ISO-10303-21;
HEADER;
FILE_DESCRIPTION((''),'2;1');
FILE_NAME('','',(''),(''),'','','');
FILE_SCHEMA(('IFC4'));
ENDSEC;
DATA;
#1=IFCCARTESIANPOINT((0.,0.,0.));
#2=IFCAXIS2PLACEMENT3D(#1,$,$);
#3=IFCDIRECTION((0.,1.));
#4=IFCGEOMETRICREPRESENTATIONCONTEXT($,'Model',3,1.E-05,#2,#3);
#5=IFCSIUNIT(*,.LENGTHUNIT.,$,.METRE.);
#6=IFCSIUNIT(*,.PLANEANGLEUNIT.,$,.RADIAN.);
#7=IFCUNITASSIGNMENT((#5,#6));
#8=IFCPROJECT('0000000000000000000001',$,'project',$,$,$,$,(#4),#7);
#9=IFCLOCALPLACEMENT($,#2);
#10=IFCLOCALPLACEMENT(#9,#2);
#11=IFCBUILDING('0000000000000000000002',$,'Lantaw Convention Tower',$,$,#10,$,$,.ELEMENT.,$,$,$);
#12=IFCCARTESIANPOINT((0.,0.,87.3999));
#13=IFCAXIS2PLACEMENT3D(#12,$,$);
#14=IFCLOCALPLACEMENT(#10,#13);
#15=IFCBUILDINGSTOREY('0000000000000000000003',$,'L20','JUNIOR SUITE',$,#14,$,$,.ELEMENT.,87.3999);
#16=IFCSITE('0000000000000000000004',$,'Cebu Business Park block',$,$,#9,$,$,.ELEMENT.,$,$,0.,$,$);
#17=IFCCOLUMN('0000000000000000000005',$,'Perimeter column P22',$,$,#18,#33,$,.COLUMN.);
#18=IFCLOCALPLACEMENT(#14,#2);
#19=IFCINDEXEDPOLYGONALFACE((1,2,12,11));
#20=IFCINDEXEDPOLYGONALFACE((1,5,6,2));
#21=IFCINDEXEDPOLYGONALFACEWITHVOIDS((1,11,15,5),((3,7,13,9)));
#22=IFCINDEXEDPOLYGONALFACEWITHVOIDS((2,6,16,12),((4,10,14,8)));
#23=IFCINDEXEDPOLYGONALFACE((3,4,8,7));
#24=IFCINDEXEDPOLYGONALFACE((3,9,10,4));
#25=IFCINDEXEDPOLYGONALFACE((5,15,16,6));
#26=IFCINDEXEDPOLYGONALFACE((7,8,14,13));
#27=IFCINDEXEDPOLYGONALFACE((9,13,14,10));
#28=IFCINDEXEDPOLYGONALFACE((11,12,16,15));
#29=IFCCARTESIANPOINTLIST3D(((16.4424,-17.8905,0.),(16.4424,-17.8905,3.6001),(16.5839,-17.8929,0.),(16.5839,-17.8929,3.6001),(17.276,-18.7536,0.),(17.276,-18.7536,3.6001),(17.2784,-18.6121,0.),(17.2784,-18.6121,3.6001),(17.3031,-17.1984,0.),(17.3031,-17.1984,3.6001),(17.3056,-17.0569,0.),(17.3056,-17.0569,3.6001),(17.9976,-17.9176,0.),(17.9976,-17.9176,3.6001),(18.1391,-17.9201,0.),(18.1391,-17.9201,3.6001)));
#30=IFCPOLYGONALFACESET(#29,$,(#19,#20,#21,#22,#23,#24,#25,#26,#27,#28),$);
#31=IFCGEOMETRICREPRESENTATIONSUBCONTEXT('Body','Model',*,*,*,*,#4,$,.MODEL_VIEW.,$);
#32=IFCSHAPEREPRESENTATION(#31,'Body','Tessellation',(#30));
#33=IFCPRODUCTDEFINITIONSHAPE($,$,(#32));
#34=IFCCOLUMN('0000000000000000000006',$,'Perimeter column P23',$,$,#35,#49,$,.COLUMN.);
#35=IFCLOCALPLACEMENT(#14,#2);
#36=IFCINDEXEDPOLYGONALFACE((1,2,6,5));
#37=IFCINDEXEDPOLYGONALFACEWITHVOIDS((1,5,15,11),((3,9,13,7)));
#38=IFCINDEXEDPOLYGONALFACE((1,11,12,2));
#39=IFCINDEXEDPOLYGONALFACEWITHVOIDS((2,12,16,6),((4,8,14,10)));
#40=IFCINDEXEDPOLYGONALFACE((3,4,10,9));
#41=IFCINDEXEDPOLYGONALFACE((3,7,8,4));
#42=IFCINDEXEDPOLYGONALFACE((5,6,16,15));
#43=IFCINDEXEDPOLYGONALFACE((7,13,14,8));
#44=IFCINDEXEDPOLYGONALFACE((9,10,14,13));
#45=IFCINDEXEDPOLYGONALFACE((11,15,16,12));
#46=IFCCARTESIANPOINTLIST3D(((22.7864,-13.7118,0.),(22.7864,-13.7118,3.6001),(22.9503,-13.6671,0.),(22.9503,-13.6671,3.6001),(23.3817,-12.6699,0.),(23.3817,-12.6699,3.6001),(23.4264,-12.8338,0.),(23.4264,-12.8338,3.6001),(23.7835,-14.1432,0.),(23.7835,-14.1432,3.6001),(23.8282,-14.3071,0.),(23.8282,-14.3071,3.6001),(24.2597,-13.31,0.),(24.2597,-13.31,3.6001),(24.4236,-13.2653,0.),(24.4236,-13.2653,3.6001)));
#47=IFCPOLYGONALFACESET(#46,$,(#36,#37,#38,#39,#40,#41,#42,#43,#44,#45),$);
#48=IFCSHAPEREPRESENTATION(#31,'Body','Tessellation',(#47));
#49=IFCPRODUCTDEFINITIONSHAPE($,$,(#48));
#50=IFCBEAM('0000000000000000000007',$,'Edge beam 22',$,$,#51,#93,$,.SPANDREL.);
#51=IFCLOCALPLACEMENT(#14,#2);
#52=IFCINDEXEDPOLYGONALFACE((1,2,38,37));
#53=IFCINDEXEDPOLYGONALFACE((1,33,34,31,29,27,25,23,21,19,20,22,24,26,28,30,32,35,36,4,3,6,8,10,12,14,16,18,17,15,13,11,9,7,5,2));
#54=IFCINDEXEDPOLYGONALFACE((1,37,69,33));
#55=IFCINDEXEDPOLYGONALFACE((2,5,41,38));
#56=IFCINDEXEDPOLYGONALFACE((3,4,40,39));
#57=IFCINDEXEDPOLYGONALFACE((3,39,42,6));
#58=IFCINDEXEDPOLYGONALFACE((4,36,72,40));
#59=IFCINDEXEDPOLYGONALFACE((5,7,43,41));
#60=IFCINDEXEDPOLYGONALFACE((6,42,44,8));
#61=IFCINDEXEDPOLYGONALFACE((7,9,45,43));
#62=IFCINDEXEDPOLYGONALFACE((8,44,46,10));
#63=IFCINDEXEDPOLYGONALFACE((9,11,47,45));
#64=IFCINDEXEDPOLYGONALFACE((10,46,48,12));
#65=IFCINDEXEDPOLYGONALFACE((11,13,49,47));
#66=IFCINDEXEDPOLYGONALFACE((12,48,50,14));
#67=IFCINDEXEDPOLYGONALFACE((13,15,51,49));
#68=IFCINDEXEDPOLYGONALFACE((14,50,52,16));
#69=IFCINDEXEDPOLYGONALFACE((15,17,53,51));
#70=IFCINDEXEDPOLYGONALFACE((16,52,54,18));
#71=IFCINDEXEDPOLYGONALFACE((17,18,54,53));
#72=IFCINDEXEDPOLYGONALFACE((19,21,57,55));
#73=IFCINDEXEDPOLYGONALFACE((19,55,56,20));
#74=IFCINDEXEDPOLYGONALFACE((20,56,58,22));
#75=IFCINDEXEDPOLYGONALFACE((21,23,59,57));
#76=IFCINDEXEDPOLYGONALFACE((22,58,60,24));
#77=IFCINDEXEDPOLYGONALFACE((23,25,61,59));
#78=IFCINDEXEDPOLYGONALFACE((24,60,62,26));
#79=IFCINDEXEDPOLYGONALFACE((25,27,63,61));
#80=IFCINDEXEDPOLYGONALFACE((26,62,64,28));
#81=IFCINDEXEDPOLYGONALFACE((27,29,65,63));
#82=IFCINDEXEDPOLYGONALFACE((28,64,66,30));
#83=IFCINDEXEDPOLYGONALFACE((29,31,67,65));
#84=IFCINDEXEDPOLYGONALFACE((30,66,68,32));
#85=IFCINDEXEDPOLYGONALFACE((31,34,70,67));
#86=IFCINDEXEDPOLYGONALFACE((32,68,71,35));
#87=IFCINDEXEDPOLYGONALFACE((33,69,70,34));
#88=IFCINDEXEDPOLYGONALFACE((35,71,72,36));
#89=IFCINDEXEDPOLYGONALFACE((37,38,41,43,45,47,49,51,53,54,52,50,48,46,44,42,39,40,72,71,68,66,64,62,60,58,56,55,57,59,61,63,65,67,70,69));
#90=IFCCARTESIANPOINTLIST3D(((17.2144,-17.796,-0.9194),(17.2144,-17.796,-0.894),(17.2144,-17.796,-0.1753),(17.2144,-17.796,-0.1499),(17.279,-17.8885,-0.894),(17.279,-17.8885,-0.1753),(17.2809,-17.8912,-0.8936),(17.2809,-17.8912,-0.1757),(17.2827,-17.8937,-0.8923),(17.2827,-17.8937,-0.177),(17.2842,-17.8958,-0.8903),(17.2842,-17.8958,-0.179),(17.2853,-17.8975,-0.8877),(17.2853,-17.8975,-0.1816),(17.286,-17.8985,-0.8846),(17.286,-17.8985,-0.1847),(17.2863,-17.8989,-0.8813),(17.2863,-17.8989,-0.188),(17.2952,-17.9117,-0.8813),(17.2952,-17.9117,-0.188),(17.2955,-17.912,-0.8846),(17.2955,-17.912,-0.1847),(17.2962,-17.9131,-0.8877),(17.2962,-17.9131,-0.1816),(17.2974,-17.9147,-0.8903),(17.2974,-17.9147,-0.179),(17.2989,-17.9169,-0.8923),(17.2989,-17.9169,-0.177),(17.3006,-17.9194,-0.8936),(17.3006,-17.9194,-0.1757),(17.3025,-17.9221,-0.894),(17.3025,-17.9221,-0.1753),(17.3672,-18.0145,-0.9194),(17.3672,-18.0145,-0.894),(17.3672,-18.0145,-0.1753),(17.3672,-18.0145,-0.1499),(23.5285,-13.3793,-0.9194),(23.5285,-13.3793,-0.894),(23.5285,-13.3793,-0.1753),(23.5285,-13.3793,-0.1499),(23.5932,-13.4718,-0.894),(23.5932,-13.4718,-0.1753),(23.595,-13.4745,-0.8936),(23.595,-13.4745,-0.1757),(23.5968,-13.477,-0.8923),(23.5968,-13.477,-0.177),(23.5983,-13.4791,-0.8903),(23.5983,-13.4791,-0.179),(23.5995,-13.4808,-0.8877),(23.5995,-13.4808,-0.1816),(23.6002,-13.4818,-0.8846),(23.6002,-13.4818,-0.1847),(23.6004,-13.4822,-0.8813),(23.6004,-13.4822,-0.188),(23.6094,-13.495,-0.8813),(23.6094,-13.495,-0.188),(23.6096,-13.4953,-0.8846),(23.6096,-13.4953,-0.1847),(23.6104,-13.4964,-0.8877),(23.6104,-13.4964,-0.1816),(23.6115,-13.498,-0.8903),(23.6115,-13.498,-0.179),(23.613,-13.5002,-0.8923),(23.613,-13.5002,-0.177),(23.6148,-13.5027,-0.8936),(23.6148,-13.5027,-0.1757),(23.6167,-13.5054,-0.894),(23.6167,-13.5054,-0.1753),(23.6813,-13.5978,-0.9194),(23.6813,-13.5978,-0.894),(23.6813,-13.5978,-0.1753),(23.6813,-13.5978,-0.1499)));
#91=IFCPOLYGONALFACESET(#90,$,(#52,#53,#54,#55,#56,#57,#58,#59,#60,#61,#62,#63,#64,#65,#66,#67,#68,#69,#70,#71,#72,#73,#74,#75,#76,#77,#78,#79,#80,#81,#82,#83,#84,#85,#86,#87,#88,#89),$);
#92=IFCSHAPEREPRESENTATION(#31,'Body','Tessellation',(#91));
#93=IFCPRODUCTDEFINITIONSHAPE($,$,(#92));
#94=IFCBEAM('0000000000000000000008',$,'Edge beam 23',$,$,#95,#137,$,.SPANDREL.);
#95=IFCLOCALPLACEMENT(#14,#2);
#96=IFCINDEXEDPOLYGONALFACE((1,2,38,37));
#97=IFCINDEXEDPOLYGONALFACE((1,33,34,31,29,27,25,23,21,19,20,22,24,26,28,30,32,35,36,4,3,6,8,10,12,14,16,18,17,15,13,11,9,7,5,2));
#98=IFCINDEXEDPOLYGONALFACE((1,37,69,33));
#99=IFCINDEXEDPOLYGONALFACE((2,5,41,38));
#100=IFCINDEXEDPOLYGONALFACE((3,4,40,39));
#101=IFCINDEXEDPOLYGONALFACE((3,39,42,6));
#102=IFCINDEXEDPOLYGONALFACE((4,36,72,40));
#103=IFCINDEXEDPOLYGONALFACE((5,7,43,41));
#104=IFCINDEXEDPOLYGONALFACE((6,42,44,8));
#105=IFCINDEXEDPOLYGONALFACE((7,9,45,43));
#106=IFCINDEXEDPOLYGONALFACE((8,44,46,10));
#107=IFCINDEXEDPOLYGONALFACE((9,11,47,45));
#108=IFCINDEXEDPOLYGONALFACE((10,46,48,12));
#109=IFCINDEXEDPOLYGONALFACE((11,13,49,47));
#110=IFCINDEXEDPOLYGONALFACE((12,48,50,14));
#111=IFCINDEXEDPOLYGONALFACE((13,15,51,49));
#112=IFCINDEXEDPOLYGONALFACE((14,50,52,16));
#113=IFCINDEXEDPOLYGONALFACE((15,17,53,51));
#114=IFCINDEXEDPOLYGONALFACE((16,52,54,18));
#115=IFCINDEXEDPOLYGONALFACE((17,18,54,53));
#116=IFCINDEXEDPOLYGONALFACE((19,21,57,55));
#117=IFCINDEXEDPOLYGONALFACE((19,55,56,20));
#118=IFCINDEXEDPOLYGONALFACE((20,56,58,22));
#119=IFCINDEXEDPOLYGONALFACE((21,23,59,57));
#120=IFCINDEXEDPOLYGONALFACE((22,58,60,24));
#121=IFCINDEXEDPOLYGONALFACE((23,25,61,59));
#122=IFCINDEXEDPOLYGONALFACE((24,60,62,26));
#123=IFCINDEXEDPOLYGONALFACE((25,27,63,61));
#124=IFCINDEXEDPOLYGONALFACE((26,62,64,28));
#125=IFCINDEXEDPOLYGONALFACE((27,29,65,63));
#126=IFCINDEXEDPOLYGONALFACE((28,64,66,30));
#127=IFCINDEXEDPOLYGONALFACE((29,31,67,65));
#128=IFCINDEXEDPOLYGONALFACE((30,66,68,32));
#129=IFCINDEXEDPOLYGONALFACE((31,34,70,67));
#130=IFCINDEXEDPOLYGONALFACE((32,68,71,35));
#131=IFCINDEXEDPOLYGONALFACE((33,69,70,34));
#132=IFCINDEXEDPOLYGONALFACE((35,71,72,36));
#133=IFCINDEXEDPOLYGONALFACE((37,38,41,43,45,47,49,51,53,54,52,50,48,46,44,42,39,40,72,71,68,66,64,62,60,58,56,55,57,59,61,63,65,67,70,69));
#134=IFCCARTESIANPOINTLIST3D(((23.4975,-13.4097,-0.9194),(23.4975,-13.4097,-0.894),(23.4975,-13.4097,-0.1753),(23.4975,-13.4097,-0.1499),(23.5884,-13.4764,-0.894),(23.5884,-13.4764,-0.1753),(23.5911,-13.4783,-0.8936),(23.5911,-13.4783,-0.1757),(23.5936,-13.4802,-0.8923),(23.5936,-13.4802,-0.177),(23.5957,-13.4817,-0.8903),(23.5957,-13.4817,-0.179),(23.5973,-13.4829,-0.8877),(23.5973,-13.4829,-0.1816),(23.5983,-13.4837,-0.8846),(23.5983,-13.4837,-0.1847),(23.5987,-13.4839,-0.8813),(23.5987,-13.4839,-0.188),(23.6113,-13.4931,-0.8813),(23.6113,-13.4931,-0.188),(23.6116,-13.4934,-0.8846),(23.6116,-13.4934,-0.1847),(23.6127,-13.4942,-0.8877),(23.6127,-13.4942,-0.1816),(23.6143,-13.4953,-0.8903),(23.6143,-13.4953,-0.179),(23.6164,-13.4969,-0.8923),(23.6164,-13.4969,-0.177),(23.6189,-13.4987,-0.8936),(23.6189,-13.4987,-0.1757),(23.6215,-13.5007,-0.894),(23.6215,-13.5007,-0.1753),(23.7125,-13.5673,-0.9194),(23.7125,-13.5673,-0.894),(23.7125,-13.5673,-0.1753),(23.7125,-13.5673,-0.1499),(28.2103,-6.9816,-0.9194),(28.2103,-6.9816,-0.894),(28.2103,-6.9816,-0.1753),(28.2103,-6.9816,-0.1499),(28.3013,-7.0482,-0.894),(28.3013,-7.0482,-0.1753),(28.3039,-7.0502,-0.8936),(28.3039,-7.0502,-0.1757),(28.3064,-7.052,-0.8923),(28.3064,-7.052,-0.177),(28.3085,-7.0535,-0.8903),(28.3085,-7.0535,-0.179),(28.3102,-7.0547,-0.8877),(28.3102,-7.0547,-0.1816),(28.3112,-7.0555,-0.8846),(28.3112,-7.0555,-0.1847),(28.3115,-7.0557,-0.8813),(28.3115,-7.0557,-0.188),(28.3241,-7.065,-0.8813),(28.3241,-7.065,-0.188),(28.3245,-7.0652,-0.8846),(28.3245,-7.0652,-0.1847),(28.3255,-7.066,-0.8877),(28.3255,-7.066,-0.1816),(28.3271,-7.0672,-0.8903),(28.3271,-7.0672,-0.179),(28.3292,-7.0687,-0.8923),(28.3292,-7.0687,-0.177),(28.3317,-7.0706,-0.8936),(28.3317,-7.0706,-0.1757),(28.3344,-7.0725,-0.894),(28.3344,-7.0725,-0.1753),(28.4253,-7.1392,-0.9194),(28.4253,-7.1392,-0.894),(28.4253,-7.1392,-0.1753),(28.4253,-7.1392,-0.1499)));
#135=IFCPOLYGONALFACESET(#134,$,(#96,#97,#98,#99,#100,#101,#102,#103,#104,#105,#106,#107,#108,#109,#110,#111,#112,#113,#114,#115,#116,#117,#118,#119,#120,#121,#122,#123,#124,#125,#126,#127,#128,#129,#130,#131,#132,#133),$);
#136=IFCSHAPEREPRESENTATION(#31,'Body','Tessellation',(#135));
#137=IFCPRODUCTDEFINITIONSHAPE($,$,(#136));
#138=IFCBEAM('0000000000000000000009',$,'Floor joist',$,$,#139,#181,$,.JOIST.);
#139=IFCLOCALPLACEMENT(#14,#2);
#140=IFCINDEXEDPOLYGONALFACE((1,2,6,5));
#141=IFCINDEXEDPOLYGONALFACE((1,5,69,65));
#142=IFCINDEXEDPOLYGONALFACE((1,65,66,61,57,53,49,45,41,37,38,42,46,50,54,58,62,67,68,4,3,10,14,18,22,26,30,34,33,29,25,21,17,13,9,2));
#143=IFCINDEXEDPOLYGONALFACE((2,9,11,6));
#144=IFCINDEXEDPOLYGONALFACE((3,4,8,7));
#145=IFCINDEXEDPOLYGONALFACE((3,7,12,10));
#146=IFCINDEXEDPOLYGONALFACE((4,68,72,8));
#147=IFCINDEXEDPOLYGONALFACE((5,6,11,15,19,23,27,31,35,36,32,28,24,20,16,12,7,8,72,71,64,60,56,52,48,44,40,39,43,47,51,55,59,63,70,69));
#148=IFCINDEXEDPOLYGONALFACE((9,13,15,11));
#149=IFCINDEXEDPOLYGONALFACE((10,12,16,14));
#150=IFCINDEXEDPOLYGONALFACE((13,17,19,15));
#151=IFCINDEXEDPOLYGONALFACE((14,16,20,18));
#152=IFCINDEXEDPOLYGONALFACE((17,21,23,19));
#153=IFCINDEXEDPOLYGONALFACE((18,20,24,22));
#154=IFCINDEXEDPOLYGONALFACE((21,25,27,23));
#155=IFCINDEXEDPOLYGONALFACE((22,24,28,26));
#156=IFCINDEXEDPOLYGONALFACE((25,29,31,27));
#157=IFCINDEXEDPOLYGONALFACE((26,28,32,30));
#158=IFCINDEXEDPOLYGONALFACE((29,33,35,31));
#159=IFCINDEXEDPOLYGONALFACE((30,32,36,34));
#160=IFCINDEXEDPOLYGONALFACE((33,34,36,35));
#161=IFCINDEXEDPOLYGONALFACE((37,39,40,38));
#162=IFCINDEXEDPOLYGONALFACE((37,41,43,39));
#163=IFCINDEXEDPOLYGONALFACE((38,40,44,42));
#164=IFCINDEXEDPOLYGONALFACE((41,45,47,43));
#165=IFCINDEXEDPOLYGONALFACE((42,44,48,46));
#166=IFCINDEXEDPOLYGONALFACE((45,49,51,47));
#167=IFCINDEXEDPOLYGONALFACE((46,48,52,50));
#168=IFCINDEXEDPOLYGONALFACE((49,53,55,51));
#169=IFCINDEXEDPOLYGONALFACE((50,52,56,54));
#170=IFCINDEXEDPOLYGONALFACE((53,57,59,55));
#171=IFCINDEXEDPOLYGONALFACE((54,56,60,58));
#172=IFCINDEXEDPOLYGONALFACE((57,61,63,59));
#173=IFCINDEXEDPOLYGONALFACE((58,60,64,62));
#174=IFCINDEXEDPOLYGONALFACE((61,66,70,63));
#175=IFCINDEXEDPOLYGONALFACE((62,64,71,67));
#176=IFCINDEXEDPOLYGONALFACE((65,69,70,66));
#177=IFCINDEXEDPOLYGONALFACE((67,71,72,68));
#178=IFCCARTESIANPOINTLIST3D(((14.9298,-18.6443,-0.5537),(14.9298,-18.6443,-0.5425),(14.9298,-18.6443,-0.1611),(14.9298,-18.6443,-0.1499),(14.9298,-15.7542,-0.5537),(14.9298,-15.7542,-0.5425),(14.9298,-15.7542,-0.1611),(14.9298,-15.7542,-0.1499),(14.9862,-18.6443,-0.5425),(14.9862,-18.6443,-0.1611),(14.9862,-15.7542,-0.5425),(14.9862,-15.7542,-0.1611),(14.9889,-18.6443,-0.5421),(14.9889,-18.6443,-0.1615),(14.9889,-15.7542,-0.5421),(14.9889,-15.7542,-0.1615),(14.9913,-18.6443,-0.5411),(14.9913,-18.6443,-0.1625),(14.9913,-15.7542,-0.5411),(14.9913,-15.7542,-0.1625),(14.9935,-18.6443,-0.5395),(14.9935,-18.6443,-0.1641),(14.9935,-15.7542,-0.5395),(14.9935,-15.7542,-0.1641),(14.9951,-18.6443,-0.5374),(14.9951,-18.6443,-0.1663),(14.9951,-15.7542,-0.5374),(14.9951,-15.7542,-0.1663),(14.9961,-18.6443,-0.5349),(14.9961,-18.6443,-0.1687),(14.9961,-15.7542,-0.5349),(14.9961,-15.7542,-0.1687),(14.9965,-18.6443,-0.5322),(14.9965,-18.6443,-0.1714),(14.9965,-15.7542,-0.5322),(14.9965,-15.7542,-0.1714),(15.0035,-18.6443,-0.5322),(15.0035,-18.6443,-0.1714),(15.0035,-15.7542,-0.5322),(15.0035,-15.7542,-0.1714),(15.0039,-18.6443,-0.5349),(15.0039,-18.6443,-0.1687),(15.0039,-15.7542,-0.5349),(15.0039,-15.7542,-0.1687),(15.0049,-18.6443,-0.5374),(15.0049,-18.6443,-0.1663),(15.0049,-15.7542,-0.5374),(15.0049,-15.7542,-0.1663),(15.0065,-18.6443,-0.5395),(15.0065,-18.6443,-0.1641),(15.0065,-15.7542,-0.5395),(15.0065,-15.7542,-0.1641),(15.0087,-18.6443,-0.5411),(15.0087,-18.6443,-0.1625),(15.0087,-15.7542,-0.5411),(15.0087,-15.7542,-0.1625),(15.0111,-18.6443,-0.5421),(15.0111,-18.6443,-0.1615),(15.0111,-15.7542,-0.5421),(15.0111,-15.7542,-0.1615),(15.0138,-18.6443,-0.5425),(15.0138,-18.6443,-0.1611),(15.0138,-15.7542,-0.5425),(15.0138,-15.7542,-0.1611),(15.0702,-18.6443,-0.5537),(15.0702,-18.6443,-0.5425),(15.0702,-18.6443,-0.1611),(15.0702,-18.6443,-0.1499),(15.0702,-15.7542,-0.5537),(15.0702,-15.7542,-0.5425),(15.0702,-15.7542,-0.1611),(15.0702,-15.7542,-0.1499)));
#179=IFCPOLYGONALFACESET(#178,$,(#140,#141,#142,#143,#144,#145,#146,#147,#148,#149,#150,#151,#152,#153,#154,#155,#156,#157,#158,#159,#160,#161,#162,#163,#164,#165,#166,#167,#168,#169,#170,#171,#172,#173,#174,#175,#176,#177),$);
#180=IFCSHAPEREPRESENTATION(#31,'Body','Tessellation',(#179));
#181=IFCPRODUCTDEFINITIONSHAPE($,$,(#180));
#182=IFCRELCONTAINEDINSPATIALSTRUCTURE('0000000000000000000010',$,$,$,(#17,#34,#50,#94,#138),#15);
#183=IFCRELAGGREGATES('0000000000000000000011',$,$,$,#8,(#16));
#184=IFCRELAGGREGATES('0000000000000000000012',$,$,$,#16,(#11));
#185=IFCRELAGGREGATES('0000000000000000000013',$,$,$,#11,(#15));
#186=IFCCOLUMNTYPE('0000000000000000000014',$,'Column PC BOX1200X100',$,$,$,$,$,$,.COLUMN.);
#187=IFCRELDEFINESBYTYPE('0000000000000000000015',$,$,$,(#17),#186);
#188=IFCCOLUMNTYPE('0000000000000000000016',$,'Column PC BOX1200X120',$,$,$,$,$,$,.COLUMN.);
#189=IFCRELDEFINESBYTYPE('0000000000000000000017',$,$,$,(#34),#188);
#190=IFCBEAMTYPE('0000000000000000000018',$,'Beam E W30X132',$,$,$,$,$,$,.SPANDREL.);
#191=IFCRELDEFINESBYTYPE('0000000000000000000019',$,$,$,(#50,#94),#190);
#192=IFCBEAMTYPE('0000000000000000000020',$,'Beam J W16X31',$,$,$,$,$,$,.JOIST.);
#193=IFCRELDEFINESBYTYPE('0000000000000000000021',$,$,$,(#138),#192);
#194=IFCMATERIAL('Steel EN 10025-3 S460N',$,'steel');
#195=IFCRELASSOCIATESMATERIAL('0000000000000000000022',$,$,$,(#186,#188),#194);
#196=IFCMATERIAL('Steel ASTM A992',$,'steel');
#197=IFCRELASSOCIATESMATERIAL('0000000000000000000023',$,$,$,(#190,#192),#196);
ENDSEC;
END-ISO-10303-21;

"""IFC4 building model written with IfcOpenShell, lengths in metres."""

from ifc_helpers import new_model, si_unit, direction, frame, origin, origin_2d, place, context, subcontext, project, spatial, rectangle, hollow_rectangle, i_section, extrude, material, material_profile, profile_set, type_object, element, save


model = new_model("IFC4")

# Units and contexts
model_context = context("Model", 3, precision=1e-05, world=origin(), true_north=direction((0.0, 1.0)))
body_context = subcontext(model_context, "Body", "Model", "MODEL_VIEW")
ifc_project = project(units=[si_unit("LENGTHUNIT", "METRE"), si_unit("PLANEANGLEUNIT", "RADIAN")], contexts=[model_context])

# Site, building, storey
site_placement = place(None, origin())
site = spatial("IfcSite", under=ifc_project, at=site_placement, Name="Cebu Business Park block", CompositionType="ELEMENT", RefElevation=0.0)
building_placement = place(site_placement, origin())
building = spatial("IfcBuilding", under=site, at=building_placement, Name="Lantaw Convention Tower", CompositionType="ELEMENT")
storey_placement = place(building_placement, frame((0.0, 0.0, 87.3999)))
storey = spatial("IfcBuildingStorey", under=building, at=storey_placement, Name="L20", Description="JUNIOR SUITE", CompositionType="ELEMENT", Elevation=87.3999)

# Columns
ifc_material_1 = material(Name="Steel EN 10025-3 S460N", Category="steel")
ifc_material_profile_1 = material_profile(ifc_material_1, hollow_rectangle(XDim=1.2, YDim=1.2, WallThickness=0.1001, at=origin_2d()), Name="BOX1200X100")
ifc_material_2 = material(Name="Concrete C60/75", Category="concrete")
ifc_material_profile_2 = material_profile(ifc_material_2, rectangle(XDim=1.0, YDim=1.0, at=origin_2d()), Name="Concrete fill of BOX1200X100")
ifc_profile_set_1 = profile_set([ifc_material_profile_1, ifc_material_profile_2], Name="Steel EN 10025-3 S460N")
column_type_1 = type_object("IfcColumnType", Name="Column PC BOX1200X100", PredefinedType="COLUMN", material=ifc_profile_set_1)
column_1_placement = place(storey_placement, frame((17.2908, -17.9053, 0.0), z_axis=(0.0, 0.0, 1.0), x_axis=(0.71934, 0.694658, 0.0)))
element("IfcColumn", 1, at=column_1_placement, inside=storey, type_object=column_type_1, Name="Perimeter column P22", PredefinedType="COLUMN", context=body_context, shape_type="SweptSolid", body=[
    extrude(hollow_rectangle(XDim=1.2, YDim=1.2, WallThickness=0.1001, at=origin_2d()), origin(), (0.0, 0.0, 1.0), 3.6001),
])
ifc_material_profile_3 = material_profile(ifc_material_1, hollow_rectangle(XDim=1.2, YDim=1.2, WallThickness=0.1201, at=origin_2d()), Name="BOX1200X120")
ifc_material_profile_4 = material_profile(ifc_material_2, rectangle(XDim=0.96, YDim=0.96, at=origin_2d()), Name="Concrete fill of BOX1200X120")
ifc_profile_set_2 = profile_set([ifc_material_profile_3, ifc_material_profile_4], Name="Steel EN 10025-3 S460N")
column_type_2 = type_object("IfcColumnType", Name="Column PC BOX1200X120", PredefinedType="COLUMN", material=ifc_profile_set_2)
column_2_placement = place(storey_placement, frame((23.605, -13.4885, 0.0), z_axis=(0.0, 0.0, 1.0), x_axis=(0.496139, 0.868243, 0.0)))
element("IfcColumn", 2, at=column_2_placement, inside=storey, type_object=column_type_2, Name="Perimeter column P23", PredefinedType="COLUMN", context=body_context, shape_type="SweptSolid", body=[
    extrude(hollow_rectangle(XDim=1.2, YDim=1.2, WallThickness=0.1201, at=origin_2d()), origin(), (0.0, 0.0, 1.0), 3.6001),
])

# Beams
ifc_material_3 = material(Name="Steel ASTM A992", Category="steel")
ifc_material_profile_5 = material_profile(ifc_material_3, i_section(OverallWidth=0.2666, OverallDepth=0.7695, WebThickness=0.0156, FlangeThickness=0.0254, FilletRadius=0.0127, at=origin_2d()), Name="W30X132")
ifc_profile_set_3 = profile_set([ifc_material_profile_5], Name="Steel ASTM A992")
beam_type_1 = type_object("IfcBeamType", Name="Beam E W30X132", PredefinedType="SPANDREL", material=ifc_profile_set_3)
beam_1_placement = place(storey_placement, frame((17.2908, -17.9053, -0.5347), z_axis=(0.819427, 0.573184, 0.0), x_axis=(-0.573184, 0.819427, 0.0)))
element("IfcBeam", 3, at=beam_1_placement, inside=storey, type_object=beam_type_1, Name="Edge beam 22", PredefinedType="SPANDREL", context=body_context, shape_type="SweptSolid", body=[
    extrude(i_section(OverallWidth=0.2666, OverallDepth=0.7695, WebThickness=0.0156, FlangeThickness=0.0254, FilletRadius=0.0127, at=origin_2d()), origin(), (0.0, 0.0, 1.0), 7.7056),
])
beam_2_placement = place(storey_placement, frame((23.605, -13.4885, -0.5347), z_axis=(0.591271, 0.806473, 0.0), x_axis=(-0.806473, 0.591271, 0.0)))
element("IfcBeam", 4, at=beam_2_placement, inside=storey, type_object=beam_type_1, Name="Edge beam 23", PredefinedType="SPANDREL", context=body_context, shape_type="SweptSolid", body=[
    extrude(i_section(OverallWidth=0.2666, OverallDepth=0.7695, WebThickness=0.0156, FlangeThickness=0.0254, FilletRadius=0.0127, at=origin_2d()), origin(), (0.0, 0.0, 1.0), 7.9707),
])
ifc_material_profile_6 = material_profile(ifc_material_3, i_section(OverallWidth=0.1404, OverallDepth=0.4038, WebThickness=0.0071, FlangeThickness=0.0112, FilletRadius=0.0103, at=origin_2d()), Name="W16X31")
ifc_profile_set_4 = profile_set([ifc_material_profile_6], Name="Steel ASTM A992")
beam_type_2 = type_object("IfcBeamType", Name="Beam J W16X31", PredefinedType="JOIST", material=ifc_profile_set_4)
beam_3_placement = place(storey_placement, frame((15.0, -18.6443, -0.3518), z_axis=(0.0, 1.0, 0.0), x_axis=(-1.0, 0.0, 0.0)))
element("IfcBeam", 5, at=beam_3_placement, inside=storey, type_object=beam_type_2, Name="Floor joist", PredefinedType="JOIST", context=body_context, shape_type="SweptSolid", body=[
    extrude(i_section(OverallWidth=0.1404, OverallDepth=0.4038, WebThickness=0.0071, FlangeThickness=0.0112, FilletRadius=0.0103, at=origin_2d()), origin(), (0.0, 0.0, 1.0), 2.8901),
])

save(model, "model.ifc")
